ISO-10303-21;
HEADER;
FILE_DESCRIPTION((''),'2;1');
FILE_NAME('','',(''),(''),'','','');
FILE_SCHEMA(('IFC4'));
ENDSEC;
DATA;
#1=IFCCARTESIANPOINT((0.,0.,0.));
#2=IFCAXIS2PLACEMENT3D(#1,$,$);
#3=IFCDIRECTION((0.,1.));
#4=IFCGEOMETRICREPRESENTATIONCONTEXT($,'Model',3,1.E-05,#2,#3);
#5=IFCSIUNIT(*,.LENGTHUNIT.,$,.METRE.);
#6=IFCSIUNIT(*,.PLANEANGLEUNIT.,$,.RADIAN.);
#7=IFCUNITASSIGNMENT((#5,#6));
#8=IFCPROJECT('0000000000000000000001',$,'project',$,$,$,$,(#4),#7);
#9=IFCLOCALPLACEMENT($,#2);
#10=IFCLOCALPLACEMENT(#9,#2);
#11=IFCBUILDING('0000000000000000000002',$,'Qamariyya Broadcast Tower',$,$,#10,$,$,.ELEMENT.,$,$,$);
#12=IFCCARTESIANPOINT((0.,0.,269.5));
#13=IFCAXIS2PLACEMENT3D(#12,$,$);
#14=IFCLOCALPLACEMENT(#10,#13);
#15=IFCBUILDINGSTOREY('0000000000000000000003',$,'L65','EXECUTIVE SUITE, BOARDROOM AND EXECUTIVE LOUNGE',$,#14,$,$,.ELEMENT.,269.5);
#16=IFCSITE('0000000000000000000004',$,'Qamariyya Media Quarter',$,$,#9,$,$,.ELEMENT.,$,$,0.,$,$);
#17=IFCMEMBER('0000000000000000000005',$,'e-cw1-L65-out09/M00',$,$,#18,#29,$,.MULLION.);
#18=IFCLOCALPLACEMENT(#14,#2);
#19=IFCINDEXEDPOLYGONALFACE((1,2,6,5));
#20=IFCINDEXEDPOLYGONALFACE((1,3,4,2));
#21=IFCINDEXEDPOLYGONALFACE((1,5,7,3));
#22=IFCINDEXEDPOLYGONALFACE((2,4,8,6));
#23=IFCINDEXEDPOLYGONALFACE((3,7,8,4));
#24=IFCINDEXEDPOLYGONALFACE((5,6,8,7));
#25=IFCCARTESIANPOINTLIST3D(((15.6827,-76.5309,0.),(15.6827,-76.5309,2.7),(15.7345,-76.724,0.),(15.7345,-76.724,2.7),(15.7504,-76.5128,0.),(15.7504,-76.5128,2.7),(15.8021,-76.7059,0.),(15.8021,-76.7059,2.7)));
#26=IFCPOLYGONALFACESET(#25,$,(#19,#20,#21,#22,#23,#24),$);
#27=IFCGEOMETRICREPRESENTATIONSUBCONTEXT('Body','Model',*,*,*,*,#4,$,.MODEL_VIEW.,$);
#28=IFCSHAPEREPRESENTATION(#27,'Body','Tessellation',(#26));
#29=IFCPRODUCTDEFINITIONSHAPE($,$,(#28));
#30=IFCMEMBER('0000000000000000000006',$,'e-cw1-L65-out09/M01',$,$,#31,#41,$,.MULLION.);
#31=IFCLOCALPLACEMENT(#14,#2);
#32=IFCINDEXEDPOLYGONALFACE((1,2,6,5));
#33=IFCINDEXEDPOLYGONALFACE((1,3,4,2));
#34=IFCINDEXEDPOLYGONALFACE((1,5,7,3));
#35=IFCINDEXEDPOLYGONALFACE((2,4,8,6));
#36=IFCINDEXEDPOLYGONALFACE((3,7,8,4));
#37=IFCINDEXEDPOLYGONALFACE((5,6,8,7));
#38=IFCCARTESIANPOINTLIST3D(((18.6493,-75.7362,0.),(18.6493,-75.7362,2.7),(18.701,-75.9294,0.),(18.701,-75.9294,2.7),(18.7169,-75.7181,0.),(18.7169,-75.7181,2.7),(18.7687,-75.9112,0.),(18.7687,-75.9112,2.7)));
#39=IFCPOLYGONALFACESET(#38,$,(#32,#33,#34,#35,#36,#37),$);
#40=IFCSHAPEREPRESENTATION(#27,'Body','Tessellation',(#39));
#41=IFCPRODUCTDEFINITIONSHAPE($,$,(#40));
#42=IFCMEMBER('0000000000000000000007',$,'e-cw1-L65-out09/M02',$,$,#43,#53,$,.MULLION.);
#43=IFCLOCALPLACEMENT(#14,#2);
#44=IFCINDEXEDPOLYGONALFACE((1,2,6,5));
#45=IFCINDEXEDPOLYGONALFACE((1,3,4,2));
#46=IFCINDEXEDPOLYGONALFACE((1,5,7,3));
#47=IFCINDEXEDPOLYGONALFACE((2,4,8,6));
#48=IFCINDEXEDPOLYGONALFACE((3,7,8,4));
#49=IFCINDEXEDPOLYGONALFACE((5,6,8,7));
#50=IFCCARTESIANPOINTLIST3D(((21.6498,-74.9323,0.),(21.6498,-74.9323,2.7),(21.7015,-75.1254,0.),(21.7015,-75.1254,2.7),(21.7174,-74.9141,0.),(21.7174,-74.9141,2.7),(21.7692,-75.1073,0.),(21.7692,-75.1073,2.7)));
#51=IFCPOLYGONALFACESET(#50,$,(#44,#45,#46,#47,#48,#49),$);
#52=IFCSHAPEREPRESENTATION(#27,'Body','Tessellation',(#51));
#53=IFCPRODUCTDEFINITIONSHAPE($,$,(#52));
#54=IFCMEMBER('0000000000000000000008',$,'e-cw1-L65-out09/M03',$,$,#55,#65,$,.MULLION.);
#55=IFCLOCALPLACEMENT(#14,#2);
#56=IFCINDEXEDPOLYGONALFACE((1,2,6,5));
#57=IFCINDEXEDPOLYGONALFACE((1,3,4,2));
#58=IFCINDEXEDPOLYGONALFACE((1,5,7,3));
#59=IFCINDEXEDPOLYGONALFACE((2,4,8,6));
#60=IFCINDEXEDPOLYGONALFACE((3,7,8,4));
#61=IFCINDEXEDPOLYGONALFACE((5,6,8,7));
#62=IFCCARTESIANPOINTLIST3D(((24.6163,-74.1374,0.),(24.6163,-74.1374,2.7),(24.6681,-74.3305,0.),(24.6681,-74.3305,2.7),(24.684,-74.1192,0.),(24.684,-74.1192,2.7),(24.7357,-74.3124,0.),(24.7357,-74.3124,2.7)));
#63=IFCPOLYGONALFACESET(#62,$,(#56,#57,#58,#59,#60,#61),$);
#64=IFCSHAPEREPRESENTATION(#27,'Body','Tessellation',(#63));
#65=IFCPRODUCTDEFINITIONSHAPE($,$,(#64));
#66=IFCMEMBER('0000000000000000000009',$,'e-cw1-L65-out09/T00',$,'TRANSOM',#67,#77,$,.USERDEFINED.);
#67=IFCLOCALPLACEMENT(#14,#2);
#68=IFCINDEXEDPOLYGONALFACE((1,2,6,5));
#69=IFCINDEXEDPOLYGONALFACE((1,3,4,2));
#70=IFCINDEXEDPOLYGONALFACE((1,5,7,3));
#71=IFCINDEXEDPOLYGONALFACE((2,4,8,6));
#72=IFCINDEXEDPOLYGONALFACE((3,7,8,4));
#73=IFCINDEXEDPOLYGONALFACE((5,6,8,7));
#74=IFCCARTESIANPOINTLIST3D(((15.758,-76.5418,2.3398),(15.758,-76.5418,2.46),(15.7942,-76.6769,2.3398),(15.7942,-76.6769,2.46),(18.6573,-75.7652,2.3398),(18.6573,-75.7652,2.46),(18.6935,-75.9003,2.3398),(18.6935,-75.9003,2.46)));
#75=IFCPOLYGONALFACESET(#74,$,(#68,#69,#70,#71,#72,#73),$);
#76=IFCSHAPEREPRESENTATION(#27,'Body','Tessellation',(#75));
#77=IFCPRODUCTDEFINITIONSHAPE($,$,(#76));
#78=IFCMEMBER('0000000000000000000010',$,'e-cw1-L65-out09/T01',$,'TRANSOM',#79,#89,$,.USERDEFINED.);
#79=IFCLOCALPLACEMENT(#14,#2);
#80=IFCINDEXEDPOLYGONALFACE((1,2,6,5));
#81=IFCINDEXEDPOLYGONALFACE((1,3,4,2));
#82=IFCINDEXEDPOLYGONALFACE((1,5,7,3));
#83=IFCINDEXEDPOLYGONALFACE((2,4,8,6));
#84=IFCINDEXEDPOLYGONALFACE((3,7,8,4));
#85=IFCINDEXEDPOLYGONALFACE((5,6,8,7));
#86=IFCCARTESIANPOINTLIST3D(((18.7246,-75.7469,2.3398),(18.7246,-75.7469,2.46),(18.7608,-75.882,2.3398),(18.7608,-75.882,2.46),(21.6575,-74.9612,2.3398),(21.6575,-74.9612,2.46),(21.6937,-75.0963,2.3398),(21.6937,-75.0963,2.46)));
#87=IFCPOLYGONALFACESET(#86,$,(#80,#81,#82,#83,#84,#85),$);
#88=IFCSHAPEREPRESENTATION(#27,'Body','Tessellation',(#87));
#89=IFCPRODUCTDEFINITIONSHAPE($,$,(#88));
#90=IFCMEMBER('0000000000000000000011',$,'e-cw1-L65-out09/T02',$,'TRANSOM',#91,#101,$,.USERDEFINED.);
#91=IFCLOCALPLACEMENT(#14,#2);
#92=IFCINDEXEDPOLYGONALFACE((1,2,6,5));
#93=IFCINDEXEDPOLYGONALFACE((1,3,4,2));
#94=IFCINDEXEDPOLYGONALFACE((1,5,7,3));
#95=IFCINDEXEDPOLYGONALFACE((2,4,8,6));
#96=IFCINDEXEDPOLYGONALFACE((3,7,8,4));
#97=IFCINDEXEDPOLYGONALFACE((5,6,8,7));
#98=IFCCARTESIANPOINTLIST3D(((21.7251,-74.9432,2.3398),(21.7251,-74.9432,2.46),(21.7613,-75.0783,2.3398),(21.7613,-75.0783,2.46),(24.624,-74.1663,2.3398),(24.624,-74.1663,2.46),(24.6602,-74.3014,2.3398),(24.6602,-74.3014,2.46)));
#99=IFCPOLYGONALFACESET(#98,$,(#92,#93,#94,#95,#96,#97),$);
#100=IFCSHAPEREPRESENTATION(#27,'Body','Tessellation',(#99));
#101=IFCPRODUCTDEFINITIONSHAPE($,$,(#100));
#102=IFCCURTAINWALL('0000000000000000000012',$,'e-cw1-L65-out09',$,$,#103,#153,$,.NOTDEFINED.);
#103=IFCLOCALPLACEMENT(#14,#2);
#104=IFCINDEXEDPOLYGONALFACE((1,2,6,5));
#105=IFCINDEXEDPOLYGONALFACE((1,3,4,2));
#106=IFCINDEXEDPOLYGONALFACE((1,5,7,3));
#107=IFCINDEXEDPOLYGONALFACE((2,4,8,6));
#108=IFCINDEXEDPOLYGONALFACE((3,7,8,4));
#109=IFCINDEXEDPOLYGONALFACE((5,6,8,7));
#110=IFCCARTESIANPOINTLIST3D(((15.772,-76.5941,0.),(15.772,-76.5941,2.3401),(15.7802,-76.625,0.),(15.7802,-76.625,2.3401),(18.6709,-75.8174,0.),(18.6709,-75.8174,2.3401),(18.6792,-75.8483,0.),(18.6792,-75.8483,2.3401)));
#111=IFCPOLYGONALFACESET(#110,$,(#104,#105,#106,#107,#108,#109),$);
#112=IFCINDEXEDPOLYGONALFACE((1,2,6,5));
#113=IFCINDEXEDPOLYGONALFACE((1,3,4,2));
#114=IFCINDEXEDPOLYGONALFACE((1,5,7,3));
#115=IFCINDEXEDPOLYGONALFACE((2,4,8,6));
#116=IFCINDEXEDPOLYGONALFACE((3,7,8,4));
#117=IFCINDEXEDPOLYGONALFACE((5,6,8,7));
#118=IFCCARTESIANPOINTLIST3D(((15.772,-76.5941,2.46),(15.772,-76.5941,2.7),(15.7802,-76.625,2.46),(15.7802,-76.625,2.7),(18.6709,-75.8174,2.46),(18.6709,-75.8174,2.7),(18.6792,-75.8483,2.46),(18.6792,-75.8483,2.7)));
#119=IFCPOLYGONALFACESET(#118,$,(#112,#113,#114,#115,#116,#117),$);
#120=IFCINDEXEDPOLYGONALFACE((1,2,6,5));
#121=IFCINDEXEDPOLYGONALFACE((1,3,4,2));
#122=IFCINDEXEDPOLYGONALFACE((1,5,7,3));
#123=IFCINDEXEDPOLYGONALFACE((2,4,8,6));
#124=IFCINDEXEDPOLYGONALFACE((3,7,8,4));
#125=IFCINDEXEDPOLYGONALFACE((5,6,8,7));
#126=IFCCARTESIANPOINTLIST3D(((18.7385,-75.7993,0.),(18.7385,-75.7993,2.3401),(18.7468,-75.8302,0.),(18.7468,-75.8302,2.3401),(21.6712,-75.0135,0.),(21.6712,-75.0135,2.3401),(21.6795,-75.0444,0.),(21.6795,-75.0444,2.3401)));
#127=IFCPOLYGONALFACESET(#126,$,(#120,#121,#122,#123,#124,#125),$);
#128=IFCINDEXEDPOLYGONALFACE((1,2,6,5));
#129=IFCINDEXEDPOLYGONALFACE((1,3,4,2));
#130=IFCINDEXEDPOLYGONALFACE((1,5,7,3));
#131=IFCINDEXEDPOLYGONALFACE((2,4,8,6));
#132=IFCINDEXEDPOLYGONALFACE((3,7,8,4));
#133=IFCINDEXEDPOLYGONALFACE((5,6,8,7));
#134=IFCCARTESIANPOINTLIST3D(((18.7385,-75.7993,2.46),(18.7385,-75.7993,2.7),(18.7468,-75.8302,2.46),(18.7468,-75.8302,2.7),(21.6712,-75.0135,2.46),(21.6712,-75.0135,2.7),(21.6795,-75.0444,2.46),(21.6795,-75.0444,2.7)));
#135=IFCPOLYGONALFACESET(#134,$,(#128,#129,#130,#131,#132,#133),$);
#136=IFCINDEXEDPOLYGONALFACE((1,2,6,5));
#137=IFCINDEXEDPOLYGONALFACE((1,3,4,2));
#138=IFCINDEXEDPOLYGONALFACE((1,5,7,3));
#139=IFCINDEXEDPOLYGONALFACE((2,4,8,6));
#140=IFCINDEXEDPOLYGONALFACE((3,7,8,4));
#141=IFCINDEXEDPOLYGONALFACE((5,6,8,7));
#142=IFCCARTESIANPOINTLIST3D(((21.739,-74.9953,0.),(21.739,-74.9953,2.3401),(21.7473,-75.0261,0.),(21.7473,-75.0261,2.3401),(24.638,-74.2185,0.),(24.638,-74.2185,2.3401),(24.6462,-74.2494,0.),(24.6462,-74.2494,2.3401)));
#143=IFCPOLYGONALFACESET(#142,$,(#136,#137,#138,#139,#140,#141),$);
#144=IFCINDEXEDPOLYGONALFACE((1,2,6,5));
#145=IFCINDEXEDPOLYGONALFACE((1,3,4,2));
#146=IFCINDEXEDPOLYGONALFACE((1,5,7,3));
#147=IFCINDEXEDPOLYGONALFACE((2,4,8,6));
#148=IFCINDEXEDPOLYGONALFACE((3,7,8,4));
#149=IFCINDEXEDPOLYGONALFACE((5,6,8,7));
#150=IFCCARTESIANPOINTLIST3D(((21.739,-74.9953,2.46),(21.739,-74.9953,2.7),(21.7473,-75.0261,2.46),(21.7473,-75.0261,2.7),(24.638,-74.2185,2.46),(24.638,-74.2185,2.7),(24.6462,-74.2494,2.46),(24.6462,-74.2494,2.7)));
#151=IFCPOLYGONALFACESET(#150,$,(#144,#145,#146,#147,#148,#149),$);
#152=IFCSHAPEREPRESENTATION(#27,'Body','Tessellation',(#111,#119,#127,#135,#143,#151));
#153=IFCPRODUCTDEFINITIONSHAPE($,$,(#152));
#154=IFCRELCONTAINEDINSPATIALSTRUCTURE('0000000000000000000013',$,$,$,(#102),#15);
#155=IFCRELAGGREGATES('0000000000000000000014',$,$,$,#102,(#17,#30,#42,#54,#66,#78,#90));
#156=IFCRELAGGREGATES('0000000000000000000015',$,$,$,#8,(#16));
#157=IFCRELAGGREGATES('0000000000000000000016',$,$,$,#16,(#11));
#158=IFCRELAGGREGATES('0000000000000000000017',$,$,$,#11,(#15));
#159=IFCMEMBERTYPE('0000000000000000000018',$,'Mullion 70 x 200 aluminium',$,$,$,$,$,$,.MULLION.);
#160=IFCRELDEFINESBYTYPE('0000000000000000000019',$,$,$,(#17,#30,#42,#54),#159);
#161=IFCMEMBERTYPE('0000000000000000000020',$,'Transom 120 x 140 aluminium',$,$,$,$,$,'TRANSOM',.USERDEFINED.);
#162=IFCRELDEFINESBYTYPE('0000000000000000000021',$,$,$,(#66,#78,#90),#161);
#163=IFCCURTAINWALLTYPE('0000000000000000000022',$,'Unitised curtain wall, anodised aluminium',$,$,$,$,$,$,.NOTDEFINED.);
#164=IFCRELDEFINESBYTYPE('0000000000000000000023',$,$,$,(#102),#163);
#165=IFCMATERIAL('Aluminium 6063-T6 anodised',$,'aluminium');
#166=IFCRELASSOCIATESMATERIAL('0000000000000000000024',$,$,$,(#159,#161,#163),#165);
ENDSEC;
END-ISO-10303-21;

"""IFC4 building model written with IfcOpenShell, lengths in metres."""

from ifc_helpers import new_model, si_unit, direction, frame, origin, origin_2d, place, context, subcontext, project, spatial, rectangle, extrude, material, material_profile, profile_set, type_object, element, aggregate, save


model = new_model("IFC4")

# Units and contexts
model_context = context("Model", 3, precision=1e-05, world=origin(), true_north=direction((0.0, 1.0)))
body_context = subcontext(model_context, "Body", "Model", "MODEL_VIEW")
ifc_project = project(units=[si_unit("LENGTHUNIT", "METRE"), si_unit("PLANEANGLEUNIT", "RADIAN")], contexts=[model_context])

# Members
ifc_material_1 = material(Name="Aluminium 6063-T6 anodised", Category="aluminium")
ifc_material_profile_1 = material_profile(ifc_material_1, rectangle(XDim=0.2, YDim=0.0701, at=origin_2d()))
ifc_profile_set_1 = profile_set([ifc_material_profile_1], Name="Aluminium 6063-T6 anodised")
member_type_1 = type_object("IfcMemberType", Name="Mullion 70 x 200 aluminium", PredefinedType="MULLION", material=ifc_profile_set_1)
site_placement = place(None, origin())
building_placement = place(site_placement, origin())
storey_placement = place(building_placement, frame((0.0, 0.0, 269.5)))
member_1_placement = place(storey_placement, frame((15.7424, -76.6184, 0.0), z_axis=(0.0, 0.0, 1.0), x_axis=(-0.258819, 0.965926, 0.0)))
member_1 = element("IfcMember", 1, at=member_1_placement, type_object=member_type_1, Name="e-cw1-L65-out09/M00", PredefinedType="MULLION", context=body_context, shape_type="SweptSolid", body=[
    extrude(rectangle(XDim=0.2, YDim=0.0701, at=origin_2d()), origin(), (0.0, 0.0, 1.0), 2.7),
])
member_2_placement = place(storey_placement, frame((18.709, -75.8237, 0.0), z_axis=(0.0, 0.0, 1.0), x_axis=(-0.258819, 0.965926, 0.0)))
member_2 = element("IfcMember", 2, at=member_2_placement, type_object=member_type_1, Name="e-cw1-L65-out09/M01", PredefinedType="MULLION", context=body_context, shape_type="SweptSolid", body=[
    extrude(rectangle(XDim=0.2, YDim=0.0701, at=origin_2d()), origin(), (0.0, 0.0, 1.0), 2.7),
])
member_3_placement = place(storey_placement, frame((21.7095, -75.0198, 0.0), z_axis=(0.0, 0.0, 1.0), x_axis=(-0.258819, 0.965926, 0.0)))
member_3 = element("IfcMember", 3, at=member_3_placement, type_object=member_type_1, Name="e-cw1-L65-out09/M02", PredefinedType="MULLION", context=body_context, shape_type="SweptSolid", body=[
    extrude(rectangle(XDim=0.2, YDim=0.0701, at=origin_2d()), origin(), (0.0, 0.0, 1.0), 2.7),
])
member_4_placement = place(storey_placement, frame((24.676, -74.2249, 0.0), z_axis=(0.0, 0.0, 1.0), x_axis=(-0.258819, 0.965926, 0.0)))
member_4 = element("IfcMember", 4, at=member_4_placement, type_object=member_type_1, Name="e-cw1-L65-out09/M03", PredefinedType="MULLION", context=body_context, shape_type="SweptSolid", body=[
    extrude(rectangle(XDim=0.2, YDim=0.0701, at=origin_2d()), origin(), (0.0, 0.0, 1.0), 2.7),
])
ifc_material_profile_2 = material_profile(ifc_material_1, rectangle(XDim=0.1399, YDim=0.1201, at=origin_2d()))
ifc_profile_set_2 = profile_set([ifc_material_profile_2], Name="Aluminium 6063-T6 anodised")
member_type_2 = type_object("IfcMemberType", Name="Transom 120 x 140 aluminium", ElementType="TRANSOM", PredefinedType="USERDEFINED", material=ifc_profile_set_2)
member_5_placement = place(storey_placement, frame((15.7761, -76.6094, 2.3999), z_axis=(0.965944, 0.258751, 0.0), x_axis=(-0.258751, 0.965944, 0.0)))
member_5 = element("IfcMember", 5, at=member_5_placement, type_object=member_type_2, Name="e-cw1-L65-out09/T00", ObjectType="TRANSOM", PredefinedType="USERDEFINED", context=body_context, shape_type="SweptSolid", body=[
    extrude(rectangle(XDim=0.1399, YDim=0.1201, at=origin_2d()), origin(), (0.0, 0.0, 1.0), 3.0015),
])
member_6_placement = place(storey_placement, frame((18.7427, -75.8145, 2.3999), z_axis=(0.965943, 0.258754, 0.0), x_axis=(-0.258754, 0.965943, 0.0)))
member_6 = element("IfcMember", 6, at=member_6_placement, type_object=member_type_2, Name="e-cw1-L65-out09/T01", ObjectType="TRANSOM", PredefinedType="USERDEFINED", context=body_context, shape_type="SweptSolid", body=[
    extrude(rectangle(XDim=0.1399, YDim=0.1201, at=origin_2d()), origin(), (0.0, 0.0, 1.0), 3.0364),
])
member_7_placement = place(storey_placement, frame((21.7432, -75.0107, 2.3999), z_axis=(0.965918, 0.258847, 0.0), x_axis=(-0.258847, 0.965918, 0.0)))
member_7 = element("IfcMember", 7, at=member_7_placement, type_object=member_type_2, Name="e-cw1-L65-out09/T02", ObjectType="TRANSOM", PredefinedType="USERDEFINED", context=body_context, shape_type="SweptSolid", body=[
    extrude(rectangle(XDim=0.1399, YDim=0.1201, at=origin_2d()), origin(), (0.0, 0.0, 1.0), 3.0012),
])

# Site, building, storey
site = spatial("IfcSite", under=ifc_project, at=site_placement, Name="Qamariyya Media Quarter", CompositionType="ELEMENT", RefElevation=0.0)
building = spatial("IfcBuilding", under=site, at=building_placement, Name="Qamariyya Broadcast Tower", CompositionType="ELEMENT")
storey = spatial("IfcBuildingStorey", under=building, at=storey_placement, Name="L65", Description="EXECUTIVE SUITE, BOARDROOM AND EXECUTIVE LOUNGE", CompositionType="ELEMENT", Elevation=269.5)

# Curtain wall
curtain_wall_type = type_object("IfcCurtainWallType", Name="Unitised curtain wall, anodised aluminium", PredefinedType="NOTDEFINED", material=ifc_material_1)
curtain_wall_1_placement = place(storey_placement, origin())
curtain_wall_1 = element("IfcCurtainWall", 8, at=curtain_wall_1_placement, inside=storey, type_object=curtain_wall_type, Name="e-cw1-L65-out09", PredefinedType="NOTDEFINED", context=body_context, shape_type="SweptSolid", body=[
    extrude(rectangle(XDim=3.0012, YDim=0.032, at=origin_2d()), frame((17.2256, -76.2212, 0.0), x_axis=(0.965926, 0.258819, 0.0)), (0.0, 0.0, 1.0), 2.3401),
    extrude(rectangle(XDim=3.0012, YDim=0.032, at=origin_2d()), frame((17.2256, -76.2212, 2.46), x_axis=(0.965926, 0.258819, 0.0)), (0.0, 0.0, 1.0), 0.24),
    extrude(rectangle(XDim=3.0361, YDim=0.032, at=origin_2d()), frame((20.209, -75.4219, 0.0), x_axis=(0.965926, 0.258819, 0.0)), (0.0, 0.0, 1.0), 2.3401),
    extrude(rectangle(XDim=3.0361, YDim=0.032, at=origin_2d()), frame((20.209, -75.4219, 2.46), x_axis=(0.965926, 0.258819, 0.0)), (0.0, 0.0, 1.0), 0.24),
    extrude(rectangle(XDim=3.0012, YDim=0.032, at=origin_2d()), frame((23.1926, -74.6223, 0.0), x_axis=(0.965926, 0.258819, 0.0)), (0.0, 0.0, 1.0), 2.3401),
    extrude(rectangle(XDim=3.0012, YDim=0.032, at=origin_2d()), frame((23.1926, -74.6223, 2.46), x_axis=(0.965926, 0.258819, 0.0)), (0.0, 0.0, 1.0), 0.24),
])
aggregate(curtain_wall_1, [member_1, member_2, member_3, member_4, member_5, member_6, member_7])

save(model, "model.ifc")
